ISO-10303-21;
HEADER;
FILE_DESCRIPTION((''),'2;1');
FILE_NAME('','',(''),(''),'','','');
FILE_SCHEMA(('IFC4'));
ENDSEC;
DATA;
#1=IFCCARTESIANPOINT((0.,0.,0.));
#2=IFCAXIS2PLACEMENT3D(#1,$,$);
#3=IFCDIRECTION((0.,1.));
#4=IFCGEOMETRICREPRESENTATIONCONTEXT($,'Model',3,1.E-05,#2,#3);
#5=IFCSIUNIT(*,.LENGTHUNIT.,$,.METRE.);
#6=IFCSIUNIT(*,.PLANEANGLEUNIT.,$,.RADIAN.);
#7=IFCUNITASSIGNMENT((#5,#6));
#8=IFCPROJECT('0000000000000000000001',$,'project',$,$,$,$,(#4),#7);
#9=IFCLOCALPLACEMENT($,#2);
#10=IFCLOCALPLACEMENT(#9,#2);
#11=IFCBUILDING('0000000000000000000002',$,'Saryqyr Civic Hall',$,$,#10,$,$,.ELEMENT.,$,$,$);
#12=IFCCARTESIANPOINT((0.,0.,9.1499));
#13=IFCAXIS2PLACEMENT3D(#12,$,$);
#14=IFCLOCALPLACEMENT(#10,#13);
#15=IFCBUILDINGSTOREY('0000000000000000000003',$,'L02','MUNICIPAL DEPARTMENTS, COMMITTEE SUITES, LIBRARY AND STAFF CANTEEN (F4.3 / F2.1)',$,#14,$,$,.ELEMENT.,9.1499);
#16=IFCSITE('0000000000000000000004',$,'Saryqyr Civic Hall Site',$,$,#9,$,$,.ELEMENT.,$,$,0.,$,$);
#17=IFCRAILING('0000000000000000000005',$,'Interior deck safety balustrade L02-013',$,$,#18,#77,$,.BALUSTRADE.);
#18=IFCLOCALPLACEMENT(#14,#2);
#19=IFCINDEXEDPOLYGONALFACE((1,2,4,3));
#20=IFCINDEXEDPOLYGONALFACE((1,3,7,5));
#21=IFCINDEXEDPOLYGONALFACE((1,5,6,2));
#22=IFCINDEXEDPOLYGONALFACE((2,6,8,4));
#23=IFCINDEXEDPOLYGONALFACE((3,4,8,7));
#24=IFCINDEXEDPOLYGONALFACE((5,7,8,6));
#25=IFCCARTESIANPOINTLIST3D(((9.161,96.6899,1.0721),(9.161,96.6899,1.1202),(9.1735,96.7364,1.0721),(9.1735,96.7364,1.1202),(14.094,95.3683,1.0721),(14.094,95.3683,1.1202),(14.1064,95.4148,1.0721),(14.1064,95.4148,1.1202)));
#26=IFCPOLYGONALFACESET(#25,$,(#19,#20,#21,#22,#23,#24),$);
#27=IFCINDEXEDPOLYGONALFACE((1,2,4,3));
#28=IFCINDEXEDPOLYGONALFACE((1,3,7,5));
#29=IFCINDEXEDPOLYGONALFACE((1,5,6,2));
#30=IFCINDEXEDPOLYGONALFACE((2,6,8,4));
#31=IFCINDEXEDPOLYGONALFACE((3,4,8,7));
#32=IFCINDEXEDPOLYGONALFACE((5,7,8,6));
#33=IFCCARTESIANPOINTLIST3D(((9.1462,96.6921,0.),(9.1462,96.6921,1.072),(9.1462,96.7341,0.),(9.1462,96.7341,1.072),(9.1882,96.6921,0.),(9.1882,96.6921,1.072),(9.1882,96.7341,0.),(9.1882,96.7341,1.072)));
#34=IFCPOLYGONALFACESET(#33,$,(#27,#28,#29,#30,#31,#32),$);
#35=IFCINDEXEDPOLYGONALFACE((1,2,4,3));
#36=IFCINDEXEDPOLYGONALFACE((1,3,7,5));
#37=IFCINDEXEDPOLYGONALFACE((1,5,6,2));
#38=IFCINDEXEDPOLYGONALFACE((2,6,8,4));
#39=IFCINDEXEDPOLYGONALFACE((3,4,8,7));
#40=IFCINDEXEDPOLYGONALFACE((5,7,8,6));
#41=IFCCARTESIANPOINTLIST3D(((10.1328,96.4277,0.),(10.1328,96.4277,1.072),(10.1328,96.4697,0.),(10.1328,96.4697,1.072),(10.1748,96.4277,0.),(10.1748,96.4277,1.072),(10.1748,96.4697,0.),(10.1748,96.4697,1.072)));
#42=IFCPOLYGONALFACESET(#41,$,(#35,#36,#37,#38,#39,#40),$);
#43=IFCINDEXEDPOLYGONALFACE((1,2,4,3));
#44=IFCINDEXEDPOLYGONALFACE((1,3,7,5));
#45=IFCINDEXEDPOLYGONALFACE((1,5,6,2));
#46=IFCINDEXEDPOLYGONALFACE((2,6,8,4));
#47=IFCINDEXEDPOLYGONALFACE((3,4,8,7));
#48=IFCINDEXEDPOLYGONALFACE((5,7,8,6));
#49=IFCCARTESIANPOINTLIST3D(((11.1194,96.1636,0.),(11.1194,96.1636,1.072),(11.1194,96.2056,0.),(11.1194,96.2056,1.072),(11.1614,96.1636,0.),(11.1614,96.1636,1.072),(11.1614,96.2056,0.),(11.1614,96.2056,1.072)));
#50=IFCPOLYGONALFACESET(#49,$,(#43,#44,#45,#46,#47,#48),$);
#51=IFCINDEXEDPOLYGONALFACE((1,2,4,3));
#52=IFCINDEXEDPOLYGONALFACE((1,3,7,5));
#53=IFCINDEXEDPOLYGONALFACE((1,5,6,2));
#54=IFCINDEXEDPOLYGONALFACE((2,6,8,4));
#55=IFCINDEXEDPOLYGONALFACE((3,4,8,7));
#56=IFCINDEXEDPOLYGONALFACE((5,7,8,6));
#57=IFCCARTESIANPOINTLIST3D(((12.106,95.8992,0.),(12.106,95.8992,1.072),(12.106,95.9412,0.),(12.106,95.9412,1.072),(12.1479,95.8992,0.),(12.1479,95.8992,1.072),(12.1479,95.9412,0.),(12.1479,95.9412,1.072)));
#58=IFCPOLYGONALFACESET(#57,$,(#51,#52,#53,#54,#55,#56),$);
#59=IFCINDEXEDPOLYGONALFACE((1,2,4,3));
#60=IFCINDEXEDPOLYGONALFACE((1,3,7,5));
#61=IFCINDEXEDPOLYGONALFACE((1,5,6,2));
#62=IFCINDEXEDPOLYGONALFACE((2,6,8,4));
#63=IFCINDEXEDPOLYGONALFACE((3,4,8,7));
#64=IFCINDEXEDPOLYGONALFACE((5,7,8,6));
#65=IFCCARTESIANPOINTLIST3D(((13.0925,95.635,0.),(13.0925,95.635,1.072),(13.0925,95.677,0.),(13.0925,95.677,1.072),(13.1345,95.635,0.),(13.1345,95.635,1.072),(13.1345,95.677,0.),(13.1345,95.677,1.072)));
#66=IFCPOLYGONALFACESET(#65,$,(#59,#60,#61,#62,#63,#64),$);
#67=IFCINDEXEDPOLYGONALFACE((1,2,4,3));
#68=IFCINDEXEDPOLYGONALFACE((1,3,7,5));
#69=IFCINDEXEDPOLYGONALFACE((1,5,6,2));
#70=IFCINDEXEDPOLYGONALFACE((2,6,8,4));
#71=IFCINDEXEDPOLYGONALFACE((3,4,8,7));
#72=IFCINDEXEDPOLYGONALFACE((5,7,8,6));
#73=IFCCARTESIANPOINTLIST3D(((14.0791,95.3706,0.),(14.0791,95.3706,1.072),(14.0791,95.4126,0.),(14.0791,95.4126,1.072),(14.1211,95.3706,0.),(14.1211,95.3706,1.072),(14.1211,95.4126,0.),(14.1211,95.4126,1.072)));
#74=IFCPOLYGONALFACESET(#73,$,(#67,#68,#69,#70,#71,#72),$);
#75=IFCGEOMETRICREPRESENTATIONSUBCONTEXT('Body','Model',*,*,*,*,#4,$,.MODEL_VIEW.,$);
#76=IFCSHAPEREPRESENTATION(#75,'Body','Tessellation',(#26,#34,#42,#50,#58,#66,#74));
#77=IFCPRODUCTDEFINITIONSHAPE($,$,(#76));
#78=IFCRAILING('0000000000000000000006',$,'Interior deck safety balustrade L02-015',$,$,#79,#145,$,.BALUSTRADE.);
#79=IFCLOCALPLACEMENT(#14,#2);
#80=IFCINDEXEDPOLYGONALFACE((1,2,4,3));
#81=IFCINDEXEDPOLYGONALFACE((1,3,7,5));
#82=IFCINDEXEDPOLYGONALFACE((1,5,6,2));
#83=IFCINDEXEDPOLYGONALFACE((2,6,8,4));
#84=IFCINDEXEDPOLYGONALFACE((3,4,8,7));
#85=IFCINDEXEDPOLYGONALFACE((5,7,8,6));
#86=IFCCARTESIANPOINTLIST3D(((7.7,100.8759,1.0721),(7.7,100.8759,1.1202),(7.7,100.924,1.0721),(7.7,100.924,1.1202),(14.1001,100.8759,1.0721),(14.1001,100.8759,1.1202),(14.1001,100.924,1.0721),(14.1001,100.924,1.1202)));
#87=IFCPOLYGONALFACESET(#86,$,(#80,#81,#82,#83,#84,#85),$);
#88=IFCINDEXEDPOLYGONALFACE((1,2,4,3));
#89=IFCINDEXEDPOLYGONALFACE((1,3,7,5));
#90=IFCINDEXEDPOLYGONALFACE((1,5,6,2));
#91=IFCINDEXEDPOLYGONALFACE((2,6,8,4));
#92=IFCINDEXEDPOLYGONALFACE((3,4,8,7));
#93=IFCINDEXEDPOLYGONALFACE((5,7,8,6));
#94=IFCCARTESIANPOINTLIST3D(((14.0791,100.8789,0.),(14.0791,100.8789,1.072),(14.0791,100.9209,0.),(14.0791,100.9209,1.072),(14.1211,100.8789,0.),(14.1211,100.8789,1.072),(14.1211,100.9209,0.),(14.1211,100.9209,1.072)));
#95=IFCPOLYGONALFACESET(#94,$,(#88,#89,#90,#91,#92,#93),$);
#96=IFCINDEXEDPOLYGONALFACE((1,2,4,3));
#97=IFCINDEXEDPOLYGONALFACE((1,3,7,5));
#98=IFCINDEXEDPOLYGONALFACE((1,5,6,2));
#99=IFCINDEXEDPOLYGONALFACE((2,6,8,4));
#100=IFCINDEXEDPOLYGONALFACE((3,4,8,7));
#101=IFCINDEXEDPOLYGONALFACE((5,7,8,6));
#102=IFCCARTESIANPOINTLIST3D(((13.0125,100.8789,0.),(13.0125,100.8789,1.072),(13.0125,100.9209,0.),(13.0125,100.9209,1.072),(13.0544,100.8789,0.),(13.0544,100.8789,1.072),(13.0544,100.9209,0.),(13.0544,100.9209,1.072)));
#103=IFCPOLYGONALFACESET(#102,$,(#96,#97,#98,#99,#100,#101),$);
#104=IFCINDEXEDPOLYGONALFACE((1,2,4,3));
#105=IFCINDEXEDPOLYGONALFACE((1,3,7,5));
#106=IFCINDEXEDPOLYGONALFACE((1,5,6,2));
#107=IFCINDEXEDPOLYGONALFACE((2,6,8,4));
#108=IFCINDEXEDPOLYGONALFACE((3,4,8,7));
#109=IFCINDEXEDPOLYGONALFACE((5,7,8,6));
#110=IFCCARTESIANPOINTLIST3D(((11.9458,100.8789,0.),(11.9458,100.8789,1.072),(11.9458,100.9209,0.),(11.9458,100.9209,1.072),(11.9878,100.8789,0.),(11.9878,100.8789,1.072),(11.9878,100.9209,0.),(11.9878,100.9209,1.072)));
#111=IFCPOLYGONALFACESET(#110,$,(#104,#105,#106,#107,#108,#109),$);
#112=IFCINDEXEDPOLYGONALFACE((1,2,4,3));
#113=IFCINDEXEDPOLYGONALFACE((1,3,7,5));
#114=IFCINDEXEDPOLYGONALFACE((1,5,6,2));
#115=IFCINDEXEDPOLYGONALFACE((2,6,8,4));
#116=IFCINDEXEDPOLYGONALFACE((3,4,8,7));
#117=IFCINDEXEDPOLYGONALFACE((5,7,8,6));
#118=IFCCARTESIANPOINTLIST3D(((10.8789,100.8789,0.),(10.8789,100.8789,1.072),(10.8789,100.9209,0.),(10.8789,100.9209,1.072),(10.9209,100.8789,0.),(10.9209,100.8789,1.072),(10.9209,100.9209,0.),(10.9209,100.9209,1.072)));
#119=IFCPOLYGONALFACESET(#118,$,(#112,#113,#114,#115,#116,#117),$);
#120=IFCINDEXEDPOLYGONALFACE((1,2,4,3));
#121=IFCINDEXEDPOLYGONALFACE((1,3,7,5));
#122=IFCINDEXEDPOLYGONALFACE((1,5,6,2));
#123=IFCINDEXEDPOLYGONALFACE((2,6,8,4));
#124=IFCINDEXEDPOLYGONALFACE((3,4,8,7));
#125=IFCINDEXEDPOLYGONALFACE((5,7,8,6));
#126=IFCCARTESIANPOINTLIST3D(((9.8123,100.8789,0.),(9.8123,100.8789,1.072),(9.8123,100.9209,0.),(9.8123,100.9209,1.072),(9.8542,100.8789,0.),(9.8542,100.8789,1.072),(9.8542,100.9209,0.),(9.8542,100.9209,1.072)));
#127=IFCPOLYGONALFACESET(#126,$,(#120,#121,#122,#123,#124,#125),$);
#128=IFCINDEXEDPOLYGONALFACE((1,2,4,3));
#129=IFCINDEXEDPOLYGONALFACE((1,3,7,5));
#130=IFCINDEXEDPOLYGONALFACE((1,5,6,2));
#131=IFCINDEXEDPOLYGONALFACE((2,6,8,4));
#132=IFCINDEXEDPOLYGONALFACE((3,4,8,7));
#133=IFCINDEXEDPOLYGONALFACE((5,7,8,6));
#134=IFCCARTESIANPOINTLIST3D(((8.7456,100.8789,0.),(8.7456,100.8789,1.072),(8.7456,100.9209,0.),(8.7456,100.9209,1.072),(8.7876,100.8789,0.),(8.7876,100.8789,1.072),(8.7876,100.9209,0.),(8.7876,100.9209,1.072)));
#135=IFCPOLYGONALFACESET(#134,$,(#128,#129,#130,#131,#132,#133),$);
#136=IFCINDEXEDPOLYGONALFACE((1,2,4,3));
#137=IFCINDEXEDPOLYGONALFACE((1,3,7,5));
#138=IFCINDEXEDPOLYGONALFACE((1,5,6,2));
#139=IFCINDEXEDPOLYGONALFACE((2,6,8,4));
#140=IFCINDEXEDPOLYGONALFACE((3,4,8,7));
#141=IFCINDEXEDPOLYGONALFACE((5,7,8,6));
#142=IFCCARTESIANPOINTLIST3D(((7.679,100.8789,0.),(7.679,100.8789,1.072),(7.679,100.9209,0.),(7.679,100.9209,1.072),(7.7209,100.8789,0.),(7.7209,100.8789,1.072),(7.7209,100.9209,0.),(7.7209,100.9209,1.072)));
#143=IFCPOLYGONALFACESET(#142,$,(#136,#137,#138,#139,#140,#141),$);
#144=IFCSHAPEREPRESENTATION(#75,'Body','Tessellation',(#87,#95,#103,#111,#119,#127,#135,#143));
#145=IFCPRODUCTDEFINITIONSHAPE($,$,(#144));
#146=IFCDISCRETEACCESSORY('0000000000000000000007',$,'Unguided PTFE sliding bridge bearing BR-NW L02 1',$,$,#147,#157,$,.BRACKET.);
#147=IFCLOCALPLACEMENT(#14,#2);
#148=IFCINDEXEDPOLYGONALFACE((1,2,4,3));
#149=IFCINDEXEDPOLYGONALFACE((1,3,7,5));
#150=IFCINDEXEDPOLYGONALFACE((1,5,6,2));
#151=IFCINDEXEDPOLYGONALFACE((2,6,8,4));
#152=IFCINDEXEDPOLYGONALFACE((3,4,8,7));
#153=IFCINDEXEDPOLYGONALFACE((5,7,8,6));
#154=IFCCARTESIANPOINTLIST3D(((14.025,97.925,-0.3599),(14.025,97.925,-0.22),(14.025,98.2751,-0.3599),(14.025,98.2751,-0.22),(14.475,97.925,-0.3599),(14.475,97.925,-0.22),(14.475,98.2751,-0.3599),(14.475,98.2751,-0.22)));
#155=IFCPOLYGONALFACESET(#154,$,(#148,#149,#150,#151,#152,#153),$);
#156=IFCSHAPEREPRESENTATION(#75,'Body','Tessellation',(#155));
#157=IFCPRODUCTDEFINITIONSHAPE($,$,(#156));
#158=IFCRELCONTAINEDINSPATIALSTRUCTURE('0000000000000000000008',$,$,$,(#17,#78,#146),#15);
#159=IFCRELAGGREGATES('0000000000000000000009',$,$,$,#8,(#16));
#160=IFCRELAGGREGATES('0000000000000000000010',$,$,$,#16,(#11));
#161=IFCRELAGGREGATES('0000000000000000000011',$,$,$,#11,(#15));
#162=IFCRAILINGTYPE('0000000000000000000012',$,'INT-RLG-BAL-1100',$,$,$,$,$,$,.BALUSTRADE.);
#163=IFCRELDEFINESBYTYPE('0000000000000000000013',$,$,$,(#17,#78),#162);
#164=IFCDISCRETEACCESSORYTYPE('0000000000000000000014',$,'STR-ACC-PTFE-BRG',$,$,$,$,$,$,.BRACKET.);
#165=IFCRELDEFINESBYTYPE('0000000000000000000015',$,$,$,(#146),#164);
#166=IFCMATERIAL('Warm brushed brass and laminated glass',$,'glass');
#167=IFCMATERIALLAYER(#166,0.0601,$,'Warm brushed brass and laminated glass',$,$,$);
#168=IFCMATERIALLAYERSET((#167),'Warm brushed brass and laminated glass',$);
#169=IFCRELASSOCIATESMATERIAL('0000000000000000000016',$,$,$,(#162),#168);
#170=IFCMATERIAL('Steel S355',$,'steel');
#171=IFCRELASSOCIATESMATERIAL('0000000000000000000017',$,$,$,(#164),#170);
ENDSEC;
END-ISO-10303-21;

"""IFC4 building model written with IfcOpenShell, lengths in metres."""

from ifc_helpers import new_model, si_unit, direction, frame, origin, origin_2d, place, context, subcontext, project, spatial, rectangle, extrude, material, layer, layer_set, type_object, element, save


model = new_model("IFC4")

# Units and contexts
model_context = context("Model", 3, precision=1e-05, world=origin(), true_north=direction((0.0, 1.0)))
body_context = subcontext(model_context, "Body", "Model", "MODEL_VIEW")
ifc_project = project(units=[si_unit("LENGTHUNIT", "METRE"), si_unit("PLANEANGLEUNIT", "RADIAN")], contexts=[model_context])

# Site, building, storey
site_placement = place(None, origin())
site = spatial("IfcSite", under=ifc_project, at=site_placement, Name="Saryqyr Civic Hall Site", CompositionType="ELEMENT", RefElevation=0.0)
building_placement = place(site_placement, origin())
building = spatial("IfcBuilding", under=site, at=building_placement, Name="Saryqyr Civic Hall", CompositionType="ELEMENT")
storey_placement = place(building_placement, frame((0.0, 0.0, 9.1499)))
storey = spatial("IfcBuildingStorey", under=building, at=storey_placement, Name="L02", Description="MUNICIPAL DEPARTMENTS, COMMITTEE SUITES, LIBRARY AND STAFF CANTEEN (F4.3 / F2.1)", CompositionType="ELEMENT", Elevation=9.1499)

# Shared definitions
ifc_material_1 = material(Name="Steel S355", Category="steel")

# Railings
ifc_material_2 = material(Name="Warm brushed brass and laminated glass", Category="glass")
ifc_layer_1 = layer(ifc_material_2, 0.0601, Name="Warm brushed brass and laminated glass")
ifc_layer_set_1 = layer_set([ifc_layer_1], Name="Warm brushed brass and laminated glass")
railing_type = type_object("IfcRailingType", Name="INT-RLG-BAL-1100", PredefinedType="BALUSTRADE", material=ifc_layer_set_1)
railing_1_placement = place(storey_placement, frame((9.1672, 96.7131, 0.0)))
element("IfcRailing", 1, at=railing_1_placement, inside=storey, type_object=railing_type, Name="Interior deck safety balustrade L02-013", PredefinedType="BALUSTRADE", context=body_context, shape_type="SweptSolid", body=[
    extrude(rectangle(XDim=0.0481, YDim=0.0481, at=origin_2d()), frame((0.0, 0.0, 1.0962), z_axis=(0.965937, -0.258778, 0.0), x_axis=(0.258778, 0.965937, 0.0)), (0.0, 0.0, 1.0), 5.1069),
    extrude(rectangle(XDim=0.042, YDim=0.042, at=origin_2d()), origin(), (0.0, 0.0, 1.0), 1.072),
    extrude(rectangle(XDim=0.042, YDim=0.042, at=origin_2d()), frame((0.9866, -0.2644, 0.0)), (0.0, 0.0, 1.0), 1.072),
    extrude(rectangle(XDim=0.042, YDim=0.042, at=origin_2d()), frame((1.9731, -0.5286, 0.0)), (0.0, 0.0, 1.0), 1.072),
    extrude(rectangle(XDim=0.042, YDim=0.042, at=origin_2d()), frame((2.9597, -0.793, 0.0)), (0.0, 0.0, 1.0), 1.072),
    extrude(rectangle(XDim=0.042, YDim=0.042, at=origin_2d()), frame((3.9463, -1.0571, 0.0)), (0.0, 0.0, 1.0), 1.072),
    extrude(rectangle(XDim=0.042, YDim=0.042, at=origin_2d()), frame((4.9329, -1.3215, 0.0)), (0.0, 0.0, 1.0), 1.072),
])
railing_2_placement = place(storey_placement, frame((14.1001, 100.8999, 0.0)))
element("IfcRailing", 2, at=railing_2_placement, inside=storey, type_object=railing_type, Name="Interior deck safety balustrade L02-015", PredefinedType="BALUSTRADE", context=body_context, shape_type="SweptSolid", body=[
    extrude(rectangle(XDim=0.0481, YDim=0.0481, at=origin_2d()), frame((0.0, 0.0, 1.0962), z_axis=(-1.0, 0.0, 0.0), x_axis=(0.0, -1.0, 0.0)), (0.0, 0.0, 1.0), 6.4001),
    extrude(rectangle(XDim=0.042, YDim=0.042, at=origin_2d()), origin(), (0.0, 0.0, 1.0), 1.072),
    extrude(rectangle(XDim=0.042, YDim=0.042, at=origin_2d()), frame((-1.0667, 0.0, 0.0)), (0.0, 0.0, 1.0), 1.072),
    extrude(rectangle(XDim=0.042, YDim=0.042, at=origin_2d()), frame((-2.1333, 0.0, 0.0)), (0.0, 0.0, 1.0), 1.072),
    extrude(rectangle(XDim=0.042, YDim=0.042, at=origin_2d()), frame((-3.2002, 0.0, 0.0)), (0.0, 0.0, 1.0), 1.072),
    extrude(rectangle(XDim=0.042, YDim=0.042, at=origin_2d()), frame((-4.2668, 0.0, 0.0)), (0.0, 0.0, 1.0), 1.072),
    extrude(rectangle(XDim=0.042, YDim=0.042, at=origin_2d()), frame((-5.3335, 0.0, 0.0)), (0.0, 0.0, 1.0), 1.072),
    extrude(rectangle(XDim=0.042, YDim=0.042, at=origin_2d()), frame((-6.4001, 0.0, 0.0)), (0.0, 0.0, 1.0), 1.072),
])

# Discrete accessory
discrete_accessory_type = type_object("IfcDiscreteAccessoryType", Name="STR-ACC-PTFE-BRG", PredefinedType="BRACKET", material=ifc_material_1)
discrete_accessory_placement = place(storey_placement, frame((14.25, 98.1001, -0.3599), z_axis=(0.0, 0.0, 1.0), x_axis=(1.0, 0.0, 0.0)))
element("IfcDiscreteAccessory", 3, at=discrete_accessory_placement, inside=storey, type_object=discrete_accessory_type, Name="Unguided PTFE sliding bridge bearing BR-NW L02 1", PredefinedType="BRACKET", context=body_context, shape_type="SweptSolid", body=[
    extrude(rectangle(XDim=0.45, YDim=0.3501, at=origin_2d()), origin(), (0.0, 0.0, 1.0), 0.1399),
])

save(model, "model.ifc")
